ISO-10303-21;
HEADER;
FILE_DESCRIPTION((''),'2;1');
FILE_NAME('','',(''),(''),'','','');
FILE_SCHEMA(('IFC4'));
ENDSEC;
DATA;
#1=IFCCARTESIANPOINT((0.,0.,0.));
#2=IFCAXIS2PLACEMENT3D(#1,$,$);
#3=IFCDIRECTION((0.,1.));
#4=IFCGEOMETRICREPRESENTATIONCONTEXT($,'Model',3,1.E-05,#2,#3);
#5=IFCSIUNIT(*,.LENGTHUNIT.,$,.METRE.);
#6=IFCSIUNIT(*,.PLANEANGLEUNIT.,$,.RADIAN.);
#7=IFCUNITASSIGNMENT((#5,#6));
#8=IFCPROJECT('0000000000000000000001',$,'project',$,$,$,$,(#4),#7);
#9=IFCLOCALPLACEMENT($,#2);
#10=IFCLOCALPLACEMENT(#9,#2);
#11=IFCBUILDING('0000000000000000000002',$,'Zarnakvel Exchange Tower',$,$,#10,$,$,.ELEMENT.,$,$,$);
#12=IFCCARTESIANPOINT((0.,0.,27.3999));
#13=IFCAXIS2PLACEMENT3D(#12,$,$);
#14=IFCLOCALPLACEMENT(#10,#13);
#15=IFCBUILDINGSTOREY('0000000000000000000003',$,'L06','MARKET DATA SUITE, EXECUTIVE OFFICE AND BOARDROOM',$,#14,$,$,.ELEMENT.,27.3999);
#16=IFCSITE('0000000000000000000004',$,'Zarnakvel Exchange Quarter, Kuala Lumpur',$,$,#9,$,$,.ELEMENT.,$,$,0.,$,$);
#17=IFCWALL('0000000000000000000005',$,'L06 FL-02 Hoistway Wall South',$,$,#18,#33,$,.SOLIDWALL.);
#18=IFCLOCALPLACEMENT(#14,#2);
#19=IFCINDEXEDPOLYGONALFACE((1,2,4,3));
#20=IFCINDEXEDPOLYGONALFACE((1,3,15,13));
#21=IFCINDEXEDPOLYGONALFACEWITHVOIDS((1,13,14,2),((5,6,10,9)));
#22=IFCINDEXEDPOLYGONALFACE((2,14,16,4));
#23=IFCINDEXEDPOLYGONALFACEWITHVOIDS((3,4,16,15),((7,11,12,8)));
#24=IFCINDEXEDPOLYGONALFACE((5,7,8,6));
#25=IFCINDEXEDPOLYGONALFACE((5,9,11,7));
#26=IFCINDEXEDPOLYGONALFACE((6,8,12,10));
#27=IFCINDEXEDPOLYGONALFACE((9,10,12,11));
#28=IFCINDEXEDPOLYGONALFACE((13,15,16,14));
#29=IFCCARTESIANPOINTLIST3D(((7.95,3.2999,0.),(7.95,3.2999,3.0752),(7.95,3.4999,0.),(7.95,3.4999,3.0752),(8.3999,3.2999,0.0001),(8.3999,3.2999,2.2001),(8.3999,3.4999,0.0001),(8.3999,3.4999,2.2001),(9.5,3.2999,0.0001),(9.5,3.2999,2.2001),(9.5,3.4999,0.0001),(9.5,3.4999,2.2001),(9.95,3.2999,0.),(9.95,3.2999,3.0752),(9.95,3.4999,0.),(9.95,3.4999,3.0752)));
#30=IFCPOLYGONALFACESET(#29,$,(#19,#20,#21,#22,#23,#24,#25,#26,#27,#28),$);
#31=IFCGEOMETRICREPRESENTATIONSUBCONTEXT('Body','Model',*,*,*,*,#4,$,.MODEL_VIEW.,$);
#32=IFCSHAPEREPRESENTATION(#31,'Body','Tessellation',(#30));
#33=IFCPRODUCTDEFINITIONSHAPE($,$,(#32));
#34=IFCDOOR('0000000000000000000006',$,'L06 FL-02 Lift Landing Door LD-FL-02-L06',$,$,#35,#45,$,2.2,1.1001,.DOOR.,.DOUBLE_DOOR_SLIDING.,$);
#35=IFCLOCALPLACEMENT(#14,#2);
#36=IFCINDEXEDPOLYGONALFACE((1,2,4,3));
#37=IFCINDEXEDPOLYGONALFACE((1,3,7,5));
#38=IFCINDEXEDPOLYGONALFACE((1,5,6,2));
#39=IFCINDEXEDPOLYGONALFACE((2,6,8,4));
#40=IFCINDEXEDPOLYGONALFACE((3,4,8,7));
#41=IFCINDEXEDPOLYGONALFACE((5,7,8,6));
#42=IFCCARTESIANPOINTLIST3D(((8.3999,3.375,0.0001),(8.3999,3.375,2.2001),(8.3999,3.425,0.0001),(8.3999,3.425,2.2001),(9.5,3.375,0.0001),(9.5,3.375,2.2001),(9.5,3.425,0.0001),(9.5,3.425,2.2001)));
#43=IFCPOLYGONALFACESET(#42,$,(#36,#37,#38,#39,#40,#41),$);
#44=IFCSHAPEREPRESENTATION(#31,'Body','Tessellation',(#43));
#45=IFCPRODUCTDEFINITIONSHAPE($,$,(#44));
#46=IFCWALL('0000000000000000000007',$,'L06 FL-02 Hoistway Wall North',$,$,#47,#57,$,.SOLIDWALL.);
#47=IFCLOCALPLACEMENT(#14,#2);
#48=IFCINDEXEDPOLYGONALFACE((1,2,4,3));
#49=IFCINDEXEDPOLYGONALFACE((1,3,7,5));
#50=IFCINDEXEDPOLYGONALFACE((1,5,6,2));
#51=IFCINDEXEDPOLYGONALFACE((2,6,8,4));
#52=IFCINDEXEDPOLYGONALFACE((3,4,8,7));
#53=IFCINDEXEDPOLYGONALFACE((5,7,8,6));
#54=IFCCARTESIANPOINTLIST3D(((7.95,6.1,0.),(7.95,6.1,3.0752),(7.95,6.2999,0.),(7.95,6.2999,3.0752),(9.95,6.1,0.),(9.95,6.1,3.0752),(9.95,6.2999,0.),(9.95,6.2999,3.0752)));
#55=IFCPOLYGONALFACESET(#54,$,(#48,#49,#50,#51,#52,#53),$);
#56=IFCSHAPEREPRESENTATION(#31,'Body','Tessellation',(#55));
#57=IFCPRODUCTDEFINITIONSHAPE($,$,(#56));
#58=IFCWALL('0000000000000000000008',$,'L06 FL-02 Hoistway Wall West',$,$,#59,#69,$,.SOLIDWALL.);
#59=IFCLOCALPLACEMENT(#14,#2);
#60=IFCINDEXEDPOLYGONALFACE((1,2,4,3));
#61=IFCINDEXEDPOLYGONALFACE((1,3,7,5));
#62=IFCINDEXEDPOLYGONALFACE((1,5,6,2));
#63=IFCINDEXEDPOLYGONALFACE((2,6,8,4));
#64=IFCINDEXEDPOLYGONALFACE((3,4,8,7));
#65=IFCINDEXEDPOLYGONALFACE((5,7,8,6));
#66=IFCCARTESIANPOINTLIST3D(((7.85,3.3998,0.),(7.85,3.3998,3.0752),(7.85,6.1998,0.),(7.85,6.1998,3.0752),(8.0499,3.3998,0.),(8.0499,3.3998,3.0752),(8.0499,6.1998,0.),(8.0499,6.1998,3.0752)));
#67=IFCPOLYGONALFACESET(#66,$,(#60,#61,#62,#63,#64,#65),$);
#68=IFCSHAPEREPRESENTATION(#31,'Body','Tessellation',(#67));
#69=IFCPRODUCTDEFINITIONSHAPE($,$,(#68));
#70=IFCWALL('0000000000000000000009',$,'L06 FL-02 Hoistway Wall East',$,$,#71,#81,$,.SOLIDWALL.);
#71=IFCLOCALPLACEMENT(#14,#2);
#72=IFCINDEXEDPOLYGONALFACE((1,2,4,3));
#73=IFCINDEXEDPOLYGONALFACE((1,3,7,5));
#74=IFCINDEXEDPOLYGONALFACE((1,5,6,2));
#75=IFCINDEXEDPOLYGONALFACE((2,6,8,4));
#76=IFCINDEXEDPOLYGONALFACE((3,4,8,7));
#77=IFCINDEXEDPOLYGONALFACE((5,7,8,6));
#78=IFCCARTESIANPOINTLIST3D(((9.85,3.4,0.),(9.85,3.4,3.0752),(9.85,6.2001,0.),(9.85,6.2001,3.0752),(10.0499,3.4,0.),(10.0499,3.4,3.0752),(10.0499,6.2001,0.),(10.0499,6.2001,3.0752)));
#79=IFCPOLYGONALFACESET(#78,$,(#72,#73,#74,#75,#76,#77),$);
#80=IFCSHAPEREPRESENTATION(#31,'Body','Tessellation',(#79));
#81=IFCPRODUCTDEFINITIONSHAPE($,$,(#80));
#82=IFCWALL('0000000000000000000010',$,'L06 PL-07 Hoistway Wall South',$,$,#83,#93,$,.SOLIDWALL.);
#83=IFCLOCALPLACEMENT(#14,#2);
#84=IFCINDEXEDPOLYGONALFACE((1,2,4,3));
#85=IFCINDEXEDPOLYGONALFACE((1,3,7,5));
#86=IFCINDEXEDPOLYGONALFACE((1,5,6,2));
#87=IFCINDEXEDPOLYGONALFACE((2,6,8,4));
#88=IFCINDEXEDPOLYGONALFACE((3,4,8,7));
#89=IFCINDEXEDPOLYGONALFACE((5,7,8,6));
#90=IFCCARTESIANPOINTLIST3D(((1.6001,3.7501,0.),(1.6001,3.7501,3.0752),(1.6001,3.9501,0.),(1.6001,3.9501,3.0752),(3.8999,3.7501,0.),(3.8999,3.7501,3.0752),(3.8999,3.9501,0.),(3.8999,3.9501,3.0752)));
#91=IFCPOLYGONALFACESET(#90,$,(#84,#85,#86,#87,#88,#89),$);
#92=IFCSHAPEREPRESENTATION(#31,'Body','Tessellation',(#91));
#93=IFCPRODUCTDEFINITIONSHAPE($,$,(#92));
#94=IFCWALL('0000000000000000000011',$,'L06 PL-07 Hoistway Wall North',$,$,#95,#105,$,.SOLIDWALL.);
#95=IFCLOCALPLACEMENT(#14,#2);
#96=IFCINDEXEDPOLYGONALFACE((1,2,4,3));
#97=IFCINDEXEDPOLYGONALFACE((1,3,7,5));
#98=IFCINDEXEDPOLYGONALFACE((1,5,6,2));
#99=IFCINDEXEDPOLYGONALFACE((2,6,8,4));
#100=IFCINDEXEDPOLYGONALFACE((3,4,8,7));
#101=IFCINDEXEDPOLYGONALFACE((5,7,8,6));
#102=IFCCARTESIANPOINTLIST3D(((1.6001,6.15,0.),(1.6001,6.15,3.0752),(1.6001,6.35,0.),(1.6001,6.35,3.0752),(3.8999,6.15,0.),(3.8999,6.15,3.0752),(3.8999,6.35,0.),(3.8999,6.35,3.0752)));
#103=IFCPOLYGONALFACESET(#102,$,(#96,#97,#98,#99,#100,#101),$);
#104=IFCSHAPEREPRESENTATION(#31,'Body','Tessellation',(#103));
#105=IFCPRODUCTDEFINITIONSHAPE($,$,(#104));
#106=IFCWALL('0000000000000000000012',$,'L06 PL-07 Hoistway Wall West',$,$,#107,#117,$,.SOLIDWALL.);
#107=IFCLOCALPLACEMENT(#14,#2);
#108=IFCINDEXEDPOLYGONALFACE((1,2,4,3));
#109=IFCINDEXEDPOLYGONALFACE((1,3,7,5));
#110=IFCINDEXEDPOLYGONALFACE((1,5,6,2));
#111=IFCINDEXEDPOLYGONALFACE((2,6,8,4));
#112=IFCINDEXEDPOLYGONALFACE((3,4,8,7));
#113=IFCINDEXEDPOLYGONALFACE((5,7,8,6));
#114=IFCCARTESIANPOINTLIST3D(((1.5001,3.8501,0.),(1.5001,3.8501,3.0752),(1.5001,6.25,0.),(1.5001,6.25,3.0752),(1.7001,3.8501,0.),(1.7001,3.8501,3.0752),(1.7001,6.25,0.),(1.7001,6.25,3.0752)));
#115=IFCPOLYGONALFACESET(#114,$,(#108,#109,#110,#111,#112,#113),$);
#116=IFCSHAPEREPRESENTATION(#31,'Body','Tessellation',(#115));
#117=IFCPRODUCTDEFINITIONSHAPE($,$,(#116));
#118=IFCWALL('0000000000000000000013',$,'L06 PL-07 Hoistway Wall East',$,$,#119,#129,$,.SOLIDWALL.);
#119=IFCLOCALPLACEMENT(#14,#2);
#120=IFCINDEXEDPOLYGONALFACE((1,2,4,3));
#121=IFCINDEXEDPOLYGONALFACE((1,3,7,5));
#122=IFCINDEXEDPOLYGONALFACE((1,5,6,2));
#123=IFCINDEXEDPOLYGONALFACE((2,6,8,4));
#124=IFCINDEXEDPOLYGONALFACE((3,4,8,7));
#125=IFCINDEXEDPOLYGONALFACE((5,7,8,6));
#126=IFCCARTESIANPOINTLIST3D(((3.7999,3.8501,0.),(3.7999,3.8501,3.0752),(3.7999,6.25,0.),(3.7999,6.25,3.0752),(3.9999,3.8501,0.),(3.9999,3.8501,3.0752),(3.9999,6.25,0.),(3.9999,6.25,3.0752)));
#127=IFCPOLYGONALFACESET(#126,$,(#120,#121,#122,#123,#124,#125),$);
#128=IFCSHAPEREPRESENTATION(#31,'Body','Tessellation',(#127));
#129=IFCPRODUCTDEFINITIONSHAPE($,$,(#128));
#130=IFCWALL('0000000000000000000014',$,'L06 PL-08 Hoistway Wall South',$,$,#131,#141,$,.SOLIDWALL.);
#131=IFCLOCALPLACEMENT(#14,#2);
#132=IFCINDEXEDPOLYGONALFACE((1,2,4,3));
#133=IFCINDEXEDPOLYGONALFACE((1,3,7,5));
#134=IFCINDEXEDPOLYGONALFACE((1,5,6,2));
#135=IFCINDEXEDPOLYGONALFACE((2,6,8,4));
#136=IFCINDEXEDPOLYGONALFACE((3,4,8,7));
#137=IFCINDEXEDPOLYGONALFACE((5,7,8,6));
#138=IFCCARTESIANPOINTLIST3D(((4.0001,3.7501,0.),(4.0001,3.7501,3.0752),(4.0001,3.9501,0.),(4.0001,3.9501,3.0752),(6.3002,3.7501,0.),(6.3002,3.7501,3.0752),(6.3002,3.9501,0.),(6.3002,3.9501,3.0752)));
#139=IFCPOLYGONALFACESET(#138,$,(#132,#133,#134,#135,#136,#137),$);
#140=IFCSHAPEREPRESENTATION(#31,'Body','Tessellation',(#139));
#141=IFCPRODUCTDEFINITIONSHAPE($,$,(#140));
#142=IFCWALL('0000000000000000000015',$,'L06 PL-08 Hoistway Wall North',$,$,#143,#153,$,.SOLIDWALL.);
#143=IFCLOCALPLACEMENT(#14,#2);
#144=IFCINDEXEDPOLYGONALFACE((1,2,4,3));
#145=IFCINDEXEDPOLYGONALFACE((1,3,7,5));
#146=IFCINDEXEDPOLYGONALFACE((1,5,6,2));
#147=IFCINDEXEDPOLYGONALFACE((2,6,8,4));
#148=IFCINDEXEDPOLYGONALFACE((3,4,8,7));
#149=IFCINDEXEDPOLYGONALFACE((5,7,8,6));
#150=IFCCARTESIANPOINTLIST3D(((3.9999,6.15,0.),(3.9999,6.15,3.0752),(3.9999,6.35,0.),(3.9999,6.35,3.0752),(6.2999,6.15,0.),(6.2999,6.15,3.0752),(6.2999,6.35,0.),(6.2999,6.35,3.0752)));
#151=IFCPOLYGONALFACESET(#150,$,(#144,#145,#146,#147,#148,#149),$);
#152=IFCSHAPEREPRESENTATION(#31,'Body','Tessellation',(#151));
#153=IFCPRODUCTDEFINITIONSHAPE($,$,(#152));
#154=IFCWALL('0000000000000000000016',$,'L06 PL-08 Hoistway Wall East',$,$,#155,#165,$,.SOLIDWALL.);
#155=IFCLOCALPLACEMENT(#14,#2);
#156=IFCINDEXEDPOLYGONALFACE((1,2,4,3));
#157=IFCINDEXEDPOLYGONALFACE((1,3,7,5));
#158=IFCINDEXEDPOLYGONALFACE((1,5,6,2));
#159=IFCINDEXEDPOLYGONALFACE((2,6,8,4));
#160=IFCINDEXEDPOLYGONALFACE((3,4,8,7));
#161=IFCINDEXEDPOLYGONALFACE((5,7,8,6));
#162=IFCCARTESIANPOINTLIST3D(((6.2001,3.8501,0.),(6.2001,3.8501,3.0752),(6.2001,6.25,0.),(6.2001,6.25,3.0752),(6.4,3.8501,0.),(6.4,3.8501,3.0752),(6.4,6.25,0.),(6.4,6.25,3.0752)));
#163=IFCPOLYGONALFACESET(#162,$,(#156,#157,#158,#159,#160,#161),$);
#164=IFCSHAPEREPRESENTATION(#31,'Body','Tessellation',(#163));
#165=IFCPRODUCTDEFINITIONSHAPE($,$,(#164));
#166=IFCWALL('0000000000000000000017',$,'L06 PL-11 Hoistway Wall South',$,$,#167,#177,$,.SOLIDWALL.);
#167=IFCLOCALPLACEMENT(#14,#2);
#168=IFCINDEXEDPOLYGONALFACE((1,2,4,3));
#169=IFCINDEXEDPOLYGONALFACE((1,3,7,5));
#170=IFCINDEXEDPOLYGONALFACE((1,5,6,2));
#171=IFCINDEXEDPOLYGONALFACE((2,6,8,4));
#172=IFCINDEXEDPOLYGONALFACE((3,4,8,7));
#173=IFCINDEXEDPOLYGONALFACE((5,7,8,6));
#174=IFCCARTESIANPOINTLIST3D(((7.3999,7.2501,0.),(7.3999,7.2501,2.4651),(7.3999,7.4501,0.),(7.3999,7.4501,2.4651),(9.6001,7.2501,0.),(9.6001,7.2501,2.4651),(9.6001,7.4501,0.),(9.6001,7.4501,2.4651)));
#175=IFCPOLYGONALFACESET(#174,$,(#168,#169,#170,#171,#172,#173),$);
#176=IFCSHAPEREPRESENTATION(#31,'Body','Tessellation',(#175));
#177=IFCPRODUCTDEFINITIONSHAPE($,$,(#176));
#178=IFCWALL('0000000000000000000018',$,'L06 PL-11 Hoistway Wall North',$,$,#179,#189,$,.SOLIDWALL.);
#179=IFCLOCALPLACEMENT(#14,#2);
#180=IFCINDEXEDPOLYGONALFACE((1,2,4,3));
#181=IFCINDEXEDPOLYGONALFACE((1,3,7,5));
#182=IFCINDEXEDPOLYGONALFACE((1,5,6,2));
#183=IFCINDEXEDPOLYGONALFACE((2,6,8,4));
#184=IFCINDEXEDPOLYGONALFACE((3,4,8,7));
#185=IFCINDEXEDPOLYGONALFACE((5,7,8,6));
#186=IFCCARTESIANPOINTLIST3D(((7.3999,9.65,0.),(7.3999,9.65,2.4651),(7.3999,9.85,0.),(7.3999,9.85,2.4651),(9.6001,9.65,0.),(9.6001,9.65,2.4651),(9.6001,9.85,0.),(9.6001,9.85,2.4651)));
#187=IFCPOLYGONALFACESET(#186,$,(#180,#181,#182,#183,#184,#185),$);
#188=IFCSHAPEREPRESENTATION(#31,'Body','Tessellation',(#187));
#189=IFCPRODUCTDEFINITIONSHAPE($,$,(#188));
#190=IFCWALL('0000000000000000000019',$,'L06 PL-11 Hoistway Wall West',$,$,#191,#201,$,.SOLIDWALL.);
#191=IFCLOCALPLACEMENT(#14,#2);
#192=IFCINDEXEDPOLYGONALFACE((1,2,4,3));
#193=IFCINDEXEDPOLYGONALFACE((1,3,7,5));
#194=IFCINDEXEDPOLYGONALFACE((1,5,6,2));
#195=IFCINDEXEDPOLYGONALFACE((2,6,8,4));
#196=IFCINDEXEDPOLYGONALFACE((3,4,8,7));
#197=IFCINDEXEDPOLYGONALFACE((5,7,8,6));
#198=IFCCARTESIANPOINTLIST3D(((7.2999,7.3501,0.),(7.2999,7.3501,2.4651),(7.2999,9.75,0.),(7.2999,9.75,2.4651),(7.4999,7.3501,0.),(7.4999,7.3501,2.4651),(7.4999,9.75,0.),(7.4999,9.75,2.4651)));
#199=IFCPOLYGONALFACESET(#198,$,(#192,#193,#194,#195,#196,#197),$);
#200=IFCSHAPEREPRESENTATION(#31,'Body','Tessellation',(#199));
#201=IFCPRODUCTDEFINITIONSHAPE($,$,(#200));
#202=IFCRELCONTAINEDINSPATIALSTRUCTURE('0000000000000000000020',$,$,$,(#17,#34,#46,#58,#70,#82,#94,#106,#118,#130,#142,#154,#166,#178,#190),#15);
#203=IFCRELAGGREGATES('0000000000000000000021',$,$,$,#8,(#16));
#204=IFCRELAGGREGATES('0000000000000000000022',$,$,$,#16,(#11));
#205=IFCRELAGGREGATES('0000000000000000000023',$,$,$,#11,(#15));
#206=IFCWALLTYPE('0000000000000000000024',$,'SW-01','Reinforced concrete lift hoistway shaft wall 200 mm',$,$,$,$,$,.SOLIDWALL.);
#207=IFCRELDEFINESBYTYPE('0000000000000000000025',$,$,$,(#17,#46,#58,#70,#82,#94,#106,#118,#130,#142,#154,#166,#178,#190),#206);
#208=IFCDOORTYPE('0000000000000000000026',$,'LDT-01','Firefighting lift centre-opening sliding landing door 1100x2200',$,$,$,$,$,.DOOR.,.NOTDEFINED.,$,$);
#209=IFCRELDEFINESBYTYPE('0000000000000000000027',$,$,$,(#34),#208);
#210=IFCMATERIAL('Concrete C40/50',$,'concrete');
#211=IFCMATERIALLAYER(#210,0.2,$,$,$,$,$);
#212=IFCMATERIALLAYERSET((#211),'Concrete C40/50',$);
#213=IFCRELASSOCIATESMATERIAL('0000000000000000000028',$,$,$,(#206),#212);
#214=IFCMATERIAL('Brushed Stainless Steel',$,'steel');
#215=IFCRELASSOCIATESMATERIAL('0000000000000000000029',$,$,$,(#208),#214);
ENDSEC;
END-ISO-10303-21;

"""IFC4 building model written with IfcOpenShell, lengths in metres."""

from ifc_helpers import new_model, si_unit, direction, frame, frame_2d, origin, place, context, subcontext, project, spatial, rectangle, extrude, source, transform, mapped, material, layer, layer_set, type_object, element, fill, save


model = new_model("IFC4")

# Units and contexts
model_context = context("Model", 3, precision=1e-05, world=origin(), true_north=direction((0.0, 1.0)))
body_context = subcontext(model_context, "Body", "Model", "MODEL_VIEW")
ifc_project = project(units=[si_unit("LENGTHUNIT", "METRE"), si_unit("PLANEANGLEUNIT", "RADIAN")], contexts=[model_context])

# Site, building, storey
site_placement = place(None, origin())
site = spatial("IfcSite", under=ifc_project, at=site_placement, Name="Zarnakvel Exchange Quarter, Kuala Lumpur", CompositionType="ELEMENT", RefElevation=0.0)
building_placement = place(site_placement, origin())
building = spatial("IfcBuilding", under=site, at=building_placement, Name="Zarnakvel Exchange Tower", CompositionType="ELEMENT")
storey_placement = place(building_placement, frame((0.0, 0.0, 27.3999)))
storey = spatial("IfcBuildingStorey", under=building, at=storey_placement, Name="L06", Description="MARKET DATA SUITE, EXECUTIVE OFFICE AND BOARDROOM", CompositionType="ELEMENT", Elevation=27.3999)

# Wall, opening, door
ifc_material_1 = material(Name="Concrete C40/50", Category="concrete")
ifc_layer_1 = layer(ifc_material_1, 0.2)
ifc_layer_set_1 = layer_set([ifc_layer_1], Name="Concrete C40/50")
wall_type_1 = type_object("IfcWallType", Name="SW-01", Description="Reinforced concrete lift hoistway shaft wall 200 mm", PredefinedType="SOLIDWALL", material=ifc_layer_set_1)
wall_1_placement = place(storey_placement, frame((9.95, 3.3999, 0.0), z_axis=(0.0, 0.0, 1.0), x_axis=(-1.0, 0.0, 0.0)))
wall_1 = element("IfcWall", 1, at=wall_1_placement, inside=storey, type_object=wall_type_1, Name="L06 FL-02 Hoistway Wall South", PredefinedType="SOLIDWALL", context=body_context, shape_type="SweptSolid", body=[
    extrude(rectangle(XDim=2.0, YDim=0.2, at=frame_2d((1.0, 0.0))), origin(), (0.0, 0.0, 1.0), 3.0752),
])
opening_1_placement = place(wall_1_placement, frame((0.45, 0.0, 0.0)))
opening_1 = element("IfcOpeningElement", 2, at=opening_1_placement, cuts=wall_1, PredefinedType="OPENING", context=body_context, shape_type="SweptSolid", body=[
    extrude(rectangle(XDim=1.1001, YDim=2.2, at=frame_2d((0.55, 1.1001))), frame((0.0, 0.1099, 0.0), z_axis=(0.0, -1.0, 0.0), x_axis=(1.0, 0.0, 0.0)), (0.0, 0.0, 1.0), 0.22),
])
ifc_material_2 = material(Name="Brushed Stainless Steel", Category="steel")
door_type_1 = type_object("IfcDoorType", Name="LDT-01", Description="Firefighting lift centre-opening sliding landing door 1100x2200", OperationType="NOTDEFINED", PredefinedType="DOOR", material=ifc_material_2)
shared_shape_1 = source(origin(), body_context, "Body", "SweptSolid", [
    extrude(rectangle(XDim=1.1001, YDim=2.2, at=frame_2d((0.55, 1.1001))), frame((0.0, 0.0249, 0.0), z_axis=(0.0, -1.0, 0.0), x_axis=(1.0, 0.0, 0.0)), (0.0, 0.0, 1.0), 0.05),
])
door_1_placement = place(opening_1_placement, origin())
door_1 = element("IfcDoor", 3, at=door_1_placement, inside=storey, type_object=door_type_1, Name="L06 FL-02 Lift Landing Door LD-FL-02-L06", OperationType="DOUBLE_DOOR_SLIDING", OverallHeight=2.2, OverallWidth=1.1001, PredefinedType="DOOR", context=body_context, shape_type="MappedRepresentation", body=[
    mapped(shared_shape_1, transform((0.0, 0.0, 0.0), x_axis=(1.0, 0.0, 0.0), y_axis=(0.0, 1.0, 0.0), z_axis=(0.0, 0.0, 1.0), scale=1.0)),
])
fill(opening_1, door_1)

# Walls
wall_2_placement = place(storey_placement, frame((7.95, 6.2, 0.0), z_axis=(0.0, 0.0, 1.0), x_axis=(1.0, 0.0, 0.0)))
element("IfcWall", 4, at=wall_2_placement, inside=storey, type_object=wall_type_1, Name="L06 FL-02 Hoistway Wall North", PredefinedType="SOLIDWALL", context=body_context, shape_type="SweptSolid", body=[
    extrude(rectangle(XDim=2.0, YDim=0.2, at=frame_2d((1.0, 0.0))), origin(), (0.0, 0.0, 1.0), 3.0752),
])
for number, where, z_axis, x_axis, name in (
    (5, (7.95, 3.3999, 0.0), (0.0, 0.0, 1.0), (0.0, 1.0, 0.0), "L06 FL-02 Hoistway Wall West"),
    (6, (9.95, 6.2, 0.0), (0.0, 0.0, 1.0), (0.0, -1.0, 0.0), "L06 FL-02 Hoistway Wall East"),
):
    element("IfcWall", number, at=place(storey_placement, frame(where, z_axis=z_axis, x_axis=x_axis)), inside=storey, type_object=wall_type_1, Name=name, PredefinedType="SOLIDWALL", context=body_context, shape_type="SweptSolid", body=[
        extrude(rectangle(XDim=2.8, YDim=0.2, at=frame_2d((1.3999, 0.0))), origin(), (0.0, 0.0, 1.0), 3.0752),
    ])
for number, where, z_axis, x_axis, name in (
    (7, (3.8999, 3.8501, 0.0), (0.0, 0.0, 1.0), (-1.0, 0.0, 0.0), "L06 PL-07 Hoistway Wall South"),
    (8, (1.6001, 6.25, 0.0), (0.0, 0.0, 1.0), (1.0, 0.0, 0.0), "L06 PL-07 Hoistway Wall North"),
):
    element("IfcWall", number, at=place(storey_placement, frame(where, z_axis=z_axis, x_axis=x_axis)), inside=storey, type_object=wall_type_1, Name=name, PredefinedType="SOLIDWALL", context=body_context, shape_type="SweptSolid", body=[
        extrude(rectangle(XDim=2.2998, YDim=0.2, at=frame_2d((1.1499, 0.0))), origin(), (0.0, 0.0, 1.0), 3.0752),
    ])
for number, where, z_axis, x_axis, name in (
    (9, (1.6001, 3.8501, 0.0), (0.0, 0.0, 1.0), (0.0, 1.0, 0.0), "L06 PL-07 Hoistway Wall West"),
    (10, (3.8999, 6.25, 0.0), (0.0, 0.0, 1.0), (0.0, -1.0, 0.0), "L06 PL-07 Hoistway Wall East"),
):
    element("IfcWall", number, at=place(storey_placement, frame(where, z_axis=z_axis, x_axis=x_axis)), inside=storey, type_object=wall_type_1, Name=name, PredefinedType="SOLIDWALL", context=body_context, shape_type="SweptSolid", body=[
        extrude(rectangle(XDim=2.3999, YDim=0.2, at=frame_2d((1.2, 0.0))), origin(), (0.0, 0.0, 1.0), 3.0752),
    ])
for number, where, z_axis, x_axis, name in (
    (11, (6.3, 3.8501, 0.0), (0.0, 0.0, 1.0), (-1.0, 0.0, 0.0), "L06 PL-08 Hoistway Wall South"),
    (12, (4.0, 6.25, 0.0), (0.0, 0.0, 1.0), (1.0, 0.0, 0.0), "L06 PL-08 Hoistway Wall North"),
):
    element("IfcWall", number, at=place(storey_placement, frame(where, z_axis=z_axis, x_axis=x_axis)), inside=storey, type_object=wall_type_1, Name=name, PredefinedType="SOLIDWALL", context=body_context, shape_type="SweptSolid", body=[
        extrude(rectangle(XDim=2.3, YDim=0.2, at=frame_2d((1.1499, 0.0))), origin(), (0.0, 0.0, 1.0), 3.0752),
    ])
wall_3_placement = place(storey_placement, frame((6.3, 6.25, 0.0), z_axis=(0.0, 0.0, 1.0), x_axis=(0.0, -1.0, 0.0)))
element("IfcWall", 13, at=wall_3_placement, inside=storey, type_object=wall_type_1, Name="L06 PL-08 Hoistway Wall East", PredefinedType="SOLIDWALL", context=body_context, shape_type="SweptSolid", body=[
    extrude(rectangle(XDim=2.3999, YDim=0.2, at=frame_2d((1.2, 0.0))), origin(), (0.0, 0.0, 1.0), 3.0752),
])
for number, where, z_axis, x_axis, name in (
    (14, (9.6001, 7.3501, 0.0), (0.0, 0.0, 1.0), (-1.0, 0.0, 0.0), "L06 PL-11 Hoistway Wall South"),
    (15, (7.3999, 9.75, 0.0), (0.0, 0.0, 1.0), (1.0, 0.0, 0.0), "L06 PL-11 Hoistway Wall North"),
):
    element("IfcWall", number, at=place(storey_placement, frame(where, z_axis=z_axis, x_axis=x_axis)), inside=storey, type_object=wall_type_1, Name=name, PredefinedType="SOLIDWALL", context=body_context, shape_type="SweptSolid", body=[
        extrude(rectangle(XDim=2.2002, YDim=0.2, at=frame_2d((1.1001, 0.0))), origin(), (0.0, 0.0, 1.0), 2.4651),
    ])
wall_4_placement = place(storey_placement, frame((7.3999, 7.3501, 0.0), z_axis=(0.0, 0.0, 1.0), x_axis=(0.0, 1.0, 0.0)))
element("IfcWall", 16, at=wall_4_placement, inside=storey, type_object=wall_type_1, Name="L06 PL-11 Hoistway Wall West", PredefinedType="SOLIDWALL", context=body_context, shape_type="SweptSolid", body=[
    extrude(rectangle(XDim=2.3999, YDim=0.2, at=frame_2d((1.2, 0.0))), origin(), (0.0, 0.0, 1.0), 2.4651),
])

save(model, "model.ifc")
